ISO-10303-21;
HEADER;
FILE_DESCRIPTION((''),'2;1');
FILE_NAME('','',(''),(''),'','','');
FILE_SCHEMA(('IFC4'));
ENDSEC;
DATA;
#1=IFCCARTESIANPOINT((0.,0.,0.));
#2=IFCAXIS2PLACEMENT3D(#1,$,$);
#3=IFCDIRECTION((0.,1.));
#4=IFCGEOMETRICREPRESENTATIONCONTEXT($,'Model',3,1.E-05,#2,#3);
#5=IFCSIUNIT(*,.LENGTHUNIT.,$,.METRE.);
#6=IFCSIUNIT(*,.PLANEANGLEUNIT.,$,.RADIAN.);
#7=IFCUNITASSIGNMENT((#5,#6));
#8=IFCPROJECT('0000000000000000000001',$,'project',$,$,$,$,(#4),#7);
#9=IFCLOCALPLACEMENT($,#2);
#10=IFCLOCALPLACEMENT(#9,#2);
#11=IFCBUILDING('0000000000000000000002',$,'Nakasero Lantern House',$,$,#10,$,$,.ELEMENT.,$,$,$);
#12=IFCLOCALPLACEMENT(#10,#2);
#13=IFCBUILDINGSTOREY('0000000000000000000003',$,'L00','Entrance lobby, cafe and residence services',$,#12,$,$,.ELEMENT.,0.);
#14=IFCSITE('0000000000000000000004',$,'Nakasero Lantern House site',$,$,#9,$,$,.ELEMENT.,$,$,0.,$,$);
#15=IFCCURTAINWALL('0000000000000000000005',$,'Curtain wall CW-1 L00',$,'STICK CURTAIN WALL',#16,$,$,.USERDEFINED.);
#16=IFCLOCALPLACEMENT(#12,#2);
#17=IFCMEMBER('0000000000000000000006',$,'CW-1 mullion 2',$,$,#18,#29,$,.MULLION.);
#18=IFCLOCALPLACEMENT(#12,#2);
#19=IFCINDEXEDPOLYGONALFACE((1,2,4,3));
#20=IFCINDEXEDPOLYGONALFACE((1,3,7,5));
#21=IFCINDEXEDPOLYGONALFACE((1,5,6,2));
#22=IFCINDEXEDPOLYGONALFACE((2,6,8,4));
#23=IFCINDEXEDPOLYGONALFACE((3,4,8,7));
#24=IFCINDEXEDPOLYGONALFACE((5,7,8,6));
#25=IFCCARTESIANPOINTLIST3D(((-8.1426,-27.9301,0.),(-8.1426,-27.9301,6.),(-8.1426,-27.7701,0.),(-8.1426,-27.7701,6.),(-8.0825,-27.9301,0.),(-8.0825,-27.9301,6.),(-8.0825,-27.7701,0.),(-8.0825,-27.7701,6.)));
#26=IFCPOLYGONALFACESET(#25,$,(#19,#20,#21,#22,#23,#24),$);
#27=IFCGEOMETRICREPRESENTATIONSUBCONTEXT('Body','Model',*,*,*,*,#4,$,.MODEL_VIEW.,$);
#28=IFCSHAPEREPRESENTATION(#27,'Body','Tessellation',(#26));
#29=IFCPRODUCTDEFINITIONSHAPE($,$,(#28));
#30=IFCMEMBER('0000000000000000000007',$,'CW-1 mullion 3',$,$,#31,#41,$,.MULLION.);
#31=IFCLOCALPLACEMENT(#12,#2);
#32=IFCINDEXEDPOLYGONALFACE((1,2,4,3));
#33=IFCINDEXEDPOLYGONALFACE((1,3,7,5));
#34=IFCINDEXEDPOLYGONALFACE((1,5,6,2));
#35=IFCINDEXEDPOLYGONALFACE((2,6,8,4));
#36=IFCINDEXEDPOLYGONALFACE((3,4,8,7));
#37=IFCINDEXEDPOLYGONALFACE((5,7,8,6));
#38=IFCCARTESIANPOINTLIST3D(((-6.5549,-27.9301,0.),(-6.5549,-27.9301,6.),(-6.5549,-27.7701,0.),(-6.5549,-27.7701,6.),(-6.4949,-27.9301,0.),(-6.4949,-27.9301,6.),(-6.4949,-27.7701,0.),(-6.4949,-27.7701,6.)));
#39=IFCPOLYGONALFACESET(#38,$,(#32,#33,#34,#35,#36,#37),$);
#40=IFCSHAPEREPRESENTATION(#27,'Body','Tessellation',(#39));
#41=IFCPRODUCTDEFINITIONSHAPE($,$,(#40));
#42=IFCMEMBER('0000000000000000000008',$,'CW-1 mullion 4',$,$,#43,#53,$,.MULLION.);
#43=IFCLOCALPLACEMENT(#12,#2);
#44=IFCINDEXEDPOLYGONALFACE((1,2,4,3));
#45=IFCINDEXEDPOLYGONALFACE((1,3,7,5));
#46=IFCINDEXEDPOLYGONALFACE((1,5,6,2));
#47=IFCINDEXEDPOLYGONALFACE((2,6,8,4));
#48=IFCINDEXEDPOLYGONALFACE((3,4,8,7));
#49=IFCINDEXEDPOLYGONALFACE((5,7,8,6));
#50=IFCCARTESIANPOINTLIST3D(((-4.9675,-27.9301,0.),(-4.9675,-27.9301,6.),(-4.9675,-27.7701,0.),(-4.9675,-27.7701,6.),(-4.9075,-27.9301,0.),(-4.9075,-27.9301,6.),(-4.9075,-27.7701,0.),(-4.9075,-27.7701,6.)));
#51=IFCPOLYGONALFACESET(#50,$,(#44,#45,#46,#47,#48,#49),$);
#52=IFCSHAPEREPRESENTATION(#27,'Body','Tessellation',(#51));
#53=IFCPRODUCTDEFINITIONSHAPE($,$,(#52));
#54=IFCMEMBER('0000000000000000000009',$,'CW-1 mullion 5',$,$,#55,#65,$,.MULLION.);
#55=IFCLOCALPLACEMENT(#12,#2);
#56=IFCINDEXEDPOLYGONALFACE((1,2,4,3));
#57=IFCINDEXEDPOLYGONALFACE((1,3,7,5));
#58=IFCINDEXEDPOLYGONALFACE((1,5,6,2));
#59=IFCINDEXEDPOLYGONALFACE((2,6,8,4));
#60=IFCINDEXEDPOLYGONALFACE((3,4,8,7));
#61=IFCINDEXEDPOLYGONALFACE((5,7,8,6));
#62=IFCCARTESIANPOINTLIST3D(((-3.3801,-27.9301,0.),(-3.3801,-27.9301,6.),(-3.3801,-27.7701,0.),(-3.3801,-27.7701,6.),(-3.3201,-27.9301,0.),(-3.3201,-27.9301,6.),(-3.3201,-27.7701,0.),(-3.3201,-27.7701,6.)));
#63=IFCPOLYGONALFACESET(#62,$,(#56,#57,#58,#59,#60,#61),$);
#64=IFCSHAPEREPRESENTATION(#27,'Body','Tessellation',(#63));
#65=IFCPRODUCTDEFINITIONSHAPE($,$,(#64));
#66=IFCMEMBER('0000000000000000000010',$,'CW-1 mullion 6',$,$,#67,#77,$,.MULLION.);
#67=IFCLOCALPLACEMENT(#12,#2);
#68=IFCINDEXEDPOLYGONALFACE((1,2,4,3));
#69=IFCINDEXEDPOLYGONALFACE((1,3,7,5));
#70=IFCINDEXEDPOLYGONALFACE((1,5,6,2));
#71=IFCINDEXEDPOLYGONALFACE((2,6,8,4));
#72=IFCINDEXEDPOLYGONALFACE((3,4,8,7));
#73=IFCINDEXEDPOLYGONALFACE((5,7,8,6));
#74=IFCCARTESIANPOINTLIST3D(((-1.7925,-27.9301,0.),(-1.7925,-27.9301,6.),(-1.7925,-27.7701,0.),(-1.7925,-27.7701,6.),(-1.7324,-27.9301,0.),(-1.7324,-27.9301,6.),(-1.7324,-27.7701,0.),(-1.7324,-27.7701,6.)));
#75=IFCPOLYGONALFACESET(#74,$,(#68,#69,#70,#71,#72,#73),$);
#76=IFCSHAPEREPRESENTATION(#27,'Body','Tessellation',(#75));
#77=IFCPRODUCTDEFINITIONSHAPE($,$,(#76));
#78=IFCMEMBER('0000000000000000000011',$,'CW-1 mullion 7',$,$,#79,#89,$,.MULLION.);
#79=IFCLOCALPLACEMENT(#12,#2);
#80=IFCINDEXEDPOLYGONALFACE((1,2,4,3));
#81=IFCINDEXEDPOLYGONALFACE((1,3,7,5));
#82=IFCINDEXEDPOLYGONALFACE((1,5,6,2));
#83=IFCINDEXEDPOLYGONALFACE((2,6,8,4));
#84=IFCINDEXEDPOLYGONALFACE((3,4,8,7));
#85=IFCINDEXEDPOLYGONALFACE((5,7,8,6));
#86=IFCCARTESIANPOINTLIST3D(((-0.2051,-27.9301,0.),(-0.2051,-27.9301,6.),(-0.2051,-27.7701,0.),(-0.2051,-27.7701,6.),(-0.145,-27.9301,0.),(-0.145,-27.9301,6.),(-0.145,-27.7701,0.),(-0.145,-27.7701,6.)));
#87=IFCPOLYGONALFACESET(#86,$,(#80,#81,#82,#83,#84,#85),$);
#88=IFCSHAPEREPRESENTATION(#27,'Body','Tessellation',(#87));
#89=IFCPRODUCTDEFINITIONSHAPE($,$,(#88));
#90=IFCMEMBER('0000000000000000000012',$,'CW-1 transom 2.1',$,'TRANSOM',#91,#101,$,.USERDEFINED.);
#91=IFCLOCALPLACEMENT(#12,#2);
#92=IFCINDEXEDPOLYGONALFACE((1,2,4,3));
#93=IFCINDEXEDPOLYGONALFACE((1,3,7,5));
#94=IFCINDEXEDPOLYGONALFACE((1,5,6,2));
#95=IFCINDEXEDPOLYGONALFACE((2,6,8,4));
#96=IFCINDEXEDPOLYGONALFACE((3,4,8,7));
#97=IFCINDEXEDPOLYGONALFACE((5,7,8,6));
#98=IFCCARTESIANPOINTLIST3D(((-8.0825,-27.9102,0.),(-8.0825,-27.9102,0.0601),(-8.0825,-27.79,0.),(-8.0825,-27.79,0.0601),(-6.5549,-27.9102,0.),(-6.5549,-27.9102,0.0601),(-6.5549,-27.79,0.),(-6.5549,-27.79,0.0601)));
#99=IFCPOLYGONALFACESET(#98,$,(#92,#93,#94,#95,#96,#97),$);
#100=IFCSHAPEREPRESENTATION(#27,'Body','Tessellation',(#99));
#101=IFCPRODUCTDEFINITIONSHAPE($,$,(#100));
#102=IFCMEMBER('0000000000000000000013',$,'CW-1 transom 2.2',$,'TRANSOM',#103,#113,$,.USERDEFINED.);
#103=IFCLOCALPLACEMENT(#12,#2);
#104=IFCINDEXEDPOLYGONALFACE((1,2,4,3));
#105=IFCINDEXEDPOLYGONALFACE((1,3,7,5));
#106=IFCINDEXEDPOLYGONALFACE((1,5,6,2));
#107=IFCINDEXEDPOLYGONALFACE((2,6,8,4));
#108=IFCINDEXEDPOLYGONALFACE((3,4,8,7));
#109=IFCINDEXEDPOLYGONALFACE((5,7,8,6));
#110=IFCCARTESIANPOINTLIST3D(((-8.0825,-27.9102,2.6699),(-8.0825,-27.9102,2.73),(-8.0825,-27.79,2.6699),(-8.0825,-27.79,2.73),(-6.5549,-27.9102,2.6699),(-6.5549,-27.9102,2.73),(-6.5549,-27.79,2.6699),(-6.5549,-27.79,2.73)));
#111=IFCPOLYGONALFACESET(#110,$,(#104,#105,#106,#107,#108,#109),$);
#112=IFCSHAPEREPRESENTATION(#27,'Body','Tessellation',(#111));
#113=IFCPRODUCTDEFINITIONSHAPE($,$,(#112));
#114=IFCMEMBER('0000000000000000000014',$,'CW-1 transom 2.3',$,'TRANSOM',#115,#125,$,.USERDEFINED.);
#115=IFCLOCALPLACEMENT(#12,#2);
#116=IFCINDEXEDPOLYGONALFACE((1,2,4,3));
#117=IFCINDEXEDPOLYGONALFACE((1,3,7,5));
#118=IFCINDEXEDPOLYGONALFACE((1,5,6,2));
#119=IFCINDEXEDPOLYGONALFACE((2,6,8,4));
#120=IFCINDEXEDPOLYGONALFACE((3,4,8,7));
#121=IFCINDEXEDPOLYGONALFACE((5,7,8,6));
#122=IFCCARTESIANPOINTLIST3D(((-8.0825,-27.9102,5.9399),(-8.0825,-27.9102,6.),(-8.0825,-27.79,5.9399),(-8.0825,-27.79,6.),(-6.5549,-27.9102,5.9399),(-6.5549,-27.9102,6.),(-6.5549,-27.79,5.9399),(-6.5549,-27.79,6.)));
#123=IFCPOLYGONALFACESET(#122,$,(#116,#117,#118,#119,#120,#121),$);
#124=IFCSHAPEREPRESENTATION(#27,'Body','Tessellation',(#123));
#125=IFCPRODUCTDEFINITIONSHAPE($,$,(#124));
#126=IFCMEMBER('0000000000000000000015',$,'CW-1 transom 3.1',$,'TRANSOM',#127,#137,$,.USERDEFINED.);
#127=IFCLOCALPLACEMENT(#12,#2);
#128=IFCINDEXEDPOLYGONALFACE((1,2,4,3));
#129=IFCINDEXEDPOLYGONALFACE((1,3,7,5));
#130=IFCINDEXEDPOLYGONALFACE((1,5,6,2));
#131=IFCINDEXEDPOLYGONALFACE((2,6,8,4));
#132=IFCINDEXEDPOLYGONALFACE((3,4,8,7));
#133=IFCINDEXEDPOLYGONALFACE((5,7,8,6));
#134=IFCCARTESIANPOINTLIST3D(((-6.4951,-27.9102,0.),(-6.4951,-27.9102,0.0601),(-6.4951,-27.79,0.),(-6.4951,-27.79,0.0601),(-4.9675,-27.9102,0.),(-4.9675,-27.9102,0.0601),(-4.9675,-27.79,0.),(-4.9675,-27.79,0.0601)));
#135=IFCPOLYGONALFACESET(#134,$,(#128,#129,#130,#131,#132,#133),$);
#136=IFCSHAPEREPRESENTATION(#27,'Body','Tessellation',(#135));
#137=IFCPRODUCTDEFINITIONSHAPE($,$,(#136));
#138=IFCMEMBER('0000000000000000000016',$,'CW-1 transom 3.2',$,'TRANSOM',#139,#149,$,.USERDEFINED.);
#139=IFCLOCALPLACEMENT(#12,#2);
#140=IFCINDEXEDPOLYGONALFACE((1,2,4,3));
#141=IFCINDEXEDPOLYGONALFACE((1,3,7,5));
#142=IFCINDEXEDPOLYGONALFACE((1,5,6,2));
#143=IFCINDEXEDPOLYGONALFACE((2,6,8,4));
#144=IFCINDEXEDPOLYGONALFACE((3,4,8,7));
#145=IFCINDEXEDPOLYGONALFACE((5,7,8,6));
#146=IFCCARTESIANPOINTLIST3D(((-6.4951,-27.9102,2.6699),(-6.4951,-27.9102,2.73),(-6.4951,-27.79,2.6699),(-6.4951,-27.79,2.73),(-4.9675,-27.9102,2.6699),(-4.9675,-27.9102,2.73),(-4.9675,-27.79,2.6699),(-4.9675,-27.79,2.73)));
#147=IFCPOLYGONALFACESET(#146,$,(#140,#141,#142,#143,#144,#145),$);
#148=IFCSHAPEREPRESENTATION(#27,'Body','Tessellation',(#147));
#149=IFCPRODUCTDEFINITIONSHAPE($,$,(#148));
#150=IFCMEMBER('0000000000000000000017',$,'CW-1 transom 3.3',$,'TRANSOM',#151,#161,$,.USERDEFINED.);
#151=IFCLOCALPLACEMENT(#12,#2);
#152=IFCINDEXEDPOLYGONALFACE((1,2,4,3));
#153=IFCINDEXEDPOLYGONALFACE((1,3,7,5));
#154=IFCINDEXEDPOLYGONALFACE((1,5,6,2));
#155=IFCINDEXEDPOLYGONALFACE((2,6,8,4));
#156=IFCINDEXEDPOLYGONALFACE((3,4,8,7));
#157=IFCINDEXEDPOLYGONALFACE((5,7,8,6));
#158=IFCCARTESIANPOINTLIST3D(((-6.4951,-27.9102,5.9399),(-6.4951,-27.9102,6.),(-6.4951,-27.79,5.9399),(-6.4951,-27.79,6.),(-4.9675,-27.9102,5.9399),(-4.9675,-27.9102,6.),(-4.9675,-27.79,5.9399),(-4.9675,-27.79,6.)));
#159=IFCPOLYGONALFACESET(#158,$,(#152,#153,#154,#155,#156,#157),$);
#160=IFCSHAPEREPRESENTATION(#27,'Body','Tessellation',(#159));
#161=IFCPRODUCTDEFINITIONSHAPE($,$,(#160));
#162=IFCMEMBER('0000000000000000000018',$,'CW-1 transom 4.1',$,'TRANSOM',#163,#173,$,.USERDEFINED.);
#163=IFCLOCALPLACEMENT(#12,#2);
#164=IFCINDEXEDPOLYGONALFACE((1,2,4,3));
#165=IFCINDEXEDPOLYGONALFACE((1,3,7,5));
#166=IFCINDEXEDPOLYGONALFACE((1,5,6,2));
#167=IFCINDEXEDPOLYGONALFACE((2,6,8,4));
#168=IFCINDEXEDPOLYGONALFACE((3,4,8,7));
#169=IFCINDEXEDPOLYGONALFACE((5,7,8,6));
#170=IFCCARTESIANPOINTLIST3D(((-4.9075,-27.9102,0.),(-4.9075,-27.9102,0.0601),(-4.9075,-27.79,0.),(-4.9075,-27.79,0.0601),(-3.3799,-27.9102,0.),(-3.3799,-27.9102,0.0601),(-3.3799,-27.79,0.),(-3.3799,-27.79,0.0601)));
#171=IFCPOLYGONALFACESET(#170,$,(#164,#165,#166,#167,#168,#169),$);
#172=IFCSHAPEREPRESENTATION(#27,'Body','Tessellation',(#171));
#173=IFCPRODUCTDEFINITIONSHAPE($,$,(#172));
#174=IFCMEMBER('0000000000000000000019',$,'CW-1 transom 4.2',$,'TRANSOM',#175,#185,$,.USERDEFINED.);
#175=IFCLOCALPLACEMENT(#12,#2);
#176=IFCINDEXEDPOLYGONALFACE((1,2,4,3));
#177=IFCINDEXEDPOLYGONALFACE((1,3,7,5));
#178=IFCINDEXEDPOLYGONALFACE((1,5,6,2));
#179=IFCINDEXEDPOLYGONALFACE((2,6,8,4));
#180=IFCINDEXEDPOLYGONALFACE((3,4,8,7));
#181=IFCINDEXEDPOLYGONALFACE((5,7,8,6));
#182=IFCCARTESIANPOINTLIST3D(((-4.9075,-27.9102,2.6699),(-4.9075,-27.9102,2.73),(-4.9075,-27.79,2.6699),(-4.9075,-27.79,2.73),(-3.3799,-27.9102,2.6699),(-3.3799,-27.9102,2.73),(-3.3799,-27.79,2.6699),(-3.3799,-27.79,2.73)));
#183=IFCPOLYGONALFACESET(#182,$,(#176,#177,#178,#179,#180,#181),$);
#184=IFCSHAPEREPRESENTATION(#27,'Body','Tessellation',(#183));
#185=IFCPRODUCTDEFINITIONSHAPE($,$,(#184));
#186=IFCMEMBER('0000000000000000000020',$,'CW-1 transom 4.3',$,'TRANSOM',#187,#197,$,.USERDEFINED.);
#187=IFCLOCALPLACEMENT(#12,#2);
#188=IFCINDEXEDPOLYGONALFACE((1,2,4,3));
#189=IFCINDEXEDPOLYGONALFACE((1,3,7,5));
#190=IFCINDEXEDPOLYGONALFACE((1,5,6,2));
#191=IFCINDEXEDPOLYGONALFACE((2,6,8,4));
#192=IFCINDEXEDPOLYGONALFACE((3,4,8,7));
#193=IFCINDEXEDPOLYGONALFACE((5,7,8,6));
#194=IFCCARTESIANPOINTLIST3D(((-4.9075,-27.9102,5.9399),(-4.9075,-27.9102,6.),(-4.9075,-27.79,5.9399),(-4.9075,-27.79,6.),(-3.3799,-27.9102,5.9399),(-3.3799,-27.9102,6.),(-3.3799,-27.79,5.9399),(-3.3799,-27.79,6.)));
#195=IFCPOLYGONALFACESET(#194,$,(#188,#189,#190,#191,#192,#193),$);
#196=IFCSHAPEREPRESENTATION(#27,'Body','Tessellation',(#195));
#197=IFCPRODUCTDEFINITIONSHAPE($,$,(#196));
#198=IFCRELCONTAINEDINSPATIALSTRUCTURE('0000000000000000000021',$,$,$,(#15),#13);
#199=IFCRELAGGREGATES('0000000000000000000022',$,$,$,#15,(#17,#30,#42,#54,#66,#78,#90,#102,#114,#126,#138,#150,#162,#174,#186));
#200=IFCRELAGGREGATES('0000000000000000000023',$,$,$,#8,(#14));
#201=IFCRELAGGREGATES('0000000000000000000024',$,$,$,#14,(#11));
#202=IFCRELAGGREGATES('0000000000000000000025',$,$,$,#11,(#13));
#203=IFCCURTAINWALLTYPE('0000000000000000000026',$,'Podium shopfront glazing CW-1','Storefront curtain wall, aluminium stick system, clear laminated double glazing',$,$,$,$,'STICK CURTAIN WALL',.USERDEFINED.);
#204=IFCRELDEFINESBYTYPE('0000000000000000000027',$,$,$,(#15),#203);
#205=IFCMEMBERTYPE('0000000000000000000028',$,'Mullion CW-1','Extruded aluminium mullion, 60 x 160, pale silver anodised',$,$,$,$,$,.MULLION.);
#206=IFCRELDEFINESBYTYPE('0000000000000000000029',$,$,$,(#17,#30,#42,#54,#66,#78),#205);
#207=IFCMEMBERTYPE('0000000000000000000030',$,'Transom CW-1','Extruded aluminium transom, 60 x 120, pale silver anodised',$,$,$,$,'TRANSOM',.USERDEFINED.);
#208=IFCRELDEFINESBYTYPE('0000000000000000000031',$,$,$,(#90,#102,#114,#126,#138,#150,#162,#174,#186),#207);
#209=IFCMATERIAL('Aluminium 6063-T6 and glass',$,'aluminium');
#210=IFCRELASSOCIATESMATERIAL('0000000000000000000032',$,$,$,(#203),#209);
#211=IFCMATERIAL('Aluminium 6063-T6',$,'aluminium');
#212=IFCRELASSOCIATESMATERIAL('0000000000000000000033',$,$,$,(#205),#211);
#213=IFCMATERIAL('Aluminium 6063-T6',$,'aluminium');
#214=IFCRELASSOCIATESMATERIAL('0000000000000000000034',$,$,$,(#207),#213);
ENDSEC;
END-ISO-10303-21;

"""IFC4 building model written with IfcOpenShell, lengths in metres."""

from ifc_helpers import new_model, si_unit, direction, frame, origin, origin_2d, place, context, subcontext, project, spatial, rectangle, extrude, material, material_profile, profile_set, type_object, element, aggregate, save


model = new_model("IFC4")

# Units and contexts
model_context = context("Model", 3, precision=1e-05, world=origin(), true_north=direction((0.0, 1.0)))
body_context = subcontext(model_context, "Body", "Model", "MODEL_VIEW")
ifc_project = project(units=[si_unit("LENGTHUNIT", "METRE"), si_unit("PLANEANGLEUNIT", "RADIAN")], contexts=[model_context])

# Site, building, storey
site_placement = place(None, origin())
site = spatial("IfcSite", under=ifc_project, at=site_placement, Name="Nakasero Lantern House site", CompositionType="ELEMENT", RefElevation=0.0)
building_placement = place(site_placement, origin())
building = spatial("IfcBuilding", under=site, at=building_placement, Name="Nakasero Lantern House", CompositionType="ELEMENT")
storey_placement = place(building_placement, origin())
storey = spatial("IfcBuildingStorey", under=building, at=storey_placement, Name="L00", Description="Entrance lobby, cafe and residence services", CompositionType="ELEMENT", Elevation=0.0)

# Curtain wall, members
ifc_material_1 = material(Name="Aluminium 6063-T6 and glass", Category="aluminium")
curtain_wall_type = type_object("IfcCurtainWallType", Name="Podium shopfront glazing CW-1", Description="Storefront curtain wall, aluminium stick system, clear laminated double glazing", ElementType="STICK CURTAIN WALL", PredefinedType="USERDEFINED", material=ifc_material_1)
curtain_wall_placement = place(storey_placement, origin())
curtain_wall = element("IfcCurtainWall", 1, at=curtain_wall_placement, inside=storey, type_object=curtain_wall_type, Name="Curtain wall CW-1 L00", ObjectType="STICK CURTAIN WALL", PredefinedType="USERDEFINED")
ifc_material_2 = material(Name="Aluminium 6063-T6", Category="aluminium")
ifc_material_profile_1 = material_profile(ifc_material_2, rectangle(XDim=0.0601, YDim=0.1599, at=origin_2d()), Name="CW-1 mullion 60x160")
ifc_profile_set_1 = profile_set([ifc_material_profile_1], Name="Aluminium 6063-T6")
member_type_1 = type_object("IfcMemberType", Name="Mullion CW-1", Description="Extruded aluminium mullion, 60 x 160, pale silver anodised", PredefinedType="MULLION", material=ifc_profile_set_1)
member_1_placement = place(storey_placement, frame((-8.1125, -27.8501, 0.0), z_axis=(0.0, 0.0, 1.0), x_axis=(1.0, 0.0, 0.0)))
member_1 = element("IfcMember", 2, at=member_1_placement, type_object=member_type_1, Name="CW-1 mullion 2", PredefinedType="MULLION", context=body_context, shape_type="SweptSolid", body=[
    extrude(rectangle(XDim=0.0601, YDim=0.1599, at=origin_2d()), origin(), (0.0, 0.0, 1.0), 6.0),
])
member_2_placement = place(storey_placement, frame((-6.5249, -27.8501, 0.0), z_axis=(0.0, 0.0, 1.0), x_axis=(1.0, 0.0, 0.0)))
member_2 = element("IfcMember", 3, at=member_2_placement, type_object=member_type_1, Name="CW-1 mullion 3", PredefinedType="MULLION", context=body_context, shape_type="SweptSolid", body=[
    extrude(rectangle(XDim=0.0601, YDim=0.1599, at=origin_2d()), origin(), (0.0, 0.0, 1.0), 6.0),
])
member_3_placement = place(storey_placement, frame((-4.9375, -27.8501, 0.0), z_axis=(0.0, 0.0, 1.0), x_axis=(1.0, 0.0, 0.0)))
member_3 = element("IfcMember", 4, at=member_3_placement, type_object=member_type_1, Name="CW-1 mullion 4", PredefinedType="MULLION", context=body_context, shape_type="SweptSolid", body=[
    extrude(rectangle(XDim=0.0601, YDim=0.1599, at=origin_2d()), origin(), (0.0, 0.0, 1.0), 6.0),
])
member_4_placement = place(storey_placement, frame((-3.3501, -27.8501, 0.0), z_axis=(0.0, 0.0, 1.0), x_axis=(1.0, 0.0, 0.0)))
member_4 = element("IfcMember", 5, at=member_4_placement, type_object=member_type_1, Name="CW-1 mullion 5", PredefinedType="MULLION", context=body_context, shape_type="SweptSolid", body=[
    extrude(rectangle(XDim=0.0601, YDim=0.1599, at=origin_2d()), origin(), (0.0, 0.0, 1.0), 6.0),
])
member_5_placement = place(storey_placement, frame((-1.7625, -27.8501, 0.0), z_axis=(0.0, 0.0, 1.0), x_axis=(1.0, 0.0, 0.0)))
member_5 = element("IfcMember", 6, at=member_5_placement, type_object=member_type_1, Name="CW-1 mullion 6", PredefinedType="MULLION", context=body_context, shape_type="SweptSolid", body=[
    extrude(rectangle(XDim=0.0601, YDim=0.1599, at=origin_2d()), origin(), (0.0, 0.0, 1.0), 6.0),
])
member_6_placement = place(storey_placement, frame((-0.175, -27.8501, 0.0), z_axis=(0.0, 0.0, 1.0), x_axis=(1.0, 0.0, 0.0)))
member_6 = element("IfcMember", 7, at=member_6_placement, type_object=member_type_1, Name="CW-1 mullion 7", PredefinedType="MULLION", context=body_context, shape_type="SweptSolid", body=[
    extrude(rectangle(XDim=0.0601, YDim=0.1599, at=origin_2d()), origin(), (0.0, 0.0, 1.0), 6.0),
])
ifc_material_3 = material(Name="Aluminium 6063-T6", Category="aluminium")
ifc_material_profile_2 = material_profile(ifc_material_3, rectangle(XDim=0.0601, YDim=0.1201, at=origin_2d()), Name="CW-1 transom 60x120")
ifc_profile_set_2 = profile_set([ifc_material_profile_2], Name="Aluminium 6063-T6")
member_type_2 = type_object("IfcMemberType", Name="Transom CW-1", Description="Extruded aluminium transom, 60 x 120, pale silver anodised", ElementType="TRANSOM", PredefinedType="USERDEFINED", material=ifc_profile_set_2)
member_7_placement = place(storey_placement, frame((-8.0825, -27.8501, 0.03), z_axis=(1.0, 0.0, 0.0), x_axis=(0.0, 0.0, 1.0)))
member_7 = element("IfcMember", 8, at=member_7_placement, type_object=member_type_2, Name="CW-1 transom 2.1", ObjectType="TRANSOM", PredefinedType="USERDEFINED", context=body_context, shape_type="SweptSolid", body=[
    extrude(rectangle(XDim=0.0601, YDim=0.1201, at=origin_2d()), origin(), (0.0, 0.0, 1.0), 1.5276),
])
member_8_placement = place(storey_placement, frame((-8.0825, -27.8501, 2.7), z_axis=(1.0, 0.0, 0.0), x_axis=(0.0, 0.0, 1.0)))
member_8 = element("IfcMember", 9, at=member_8_placement, type_object=member_type_2, Name="CW-1 transom 2.2", ObjectType="TRANSOM", PredefinedType="USERDEFINED", context=body_context, shape_type="SweptSolid", body=[
    extrude(rectangle(XDim=0.0601, YDim=0.1201, at=origin_2d()), origin(), (0.0, 0.0, 1.0), 1.5276),
])
member_9_placement = place(storey_placement, frame((-8.0825, -27.8501, 5.97), z_axis=(1.0, 0.0, 0.0), x_axis=(0.0, 0.0, 1.0)))
member_9 = element("IfcMember", 10, at=member_9_placement, type_object=member_type_2, Name="CW-1 transom 2.3", ObjectType="TRANSOM", PredefinedType="USERDEFINED", context=body_context, shape_type="SweptSolid", body=[
    extrude(rectangle(XDim=0.0601, YDim=0.1201, at=origin_2d()), origin(), (0.0, 0.0, 1.0), 1.5276),
])
member_10_placement = place(storey_placement, frame((-6.4951, -27.8501, 0.03), z_axis=(1.0, 0.0, 0.0), x_axis=(0.0, 0.0, 1.0)))
member_10 = element("IfcMember", 11, at=member_10_placement, type_object=member_type_2, Name="CW-1 transom 3.1", ObjectType="TRANSOM", PredefinedType="USERDEFINED", context=body_context, shape_type="SweptSolid", body=[
    extrude(rectangle(XDim=0.0601, YDim=0.1201, at=origin_2d()), origin(), (0.0, 0.0, 1.0), 1.5276),
])
member_11_placement = place(storey_placement, frame((-6.4951, -27.8501, 2.7), z_axis=(1.0, 0.0, 0.0), x_axis=(0.0, 0.0, 1.0)))
member_11 = element("IfcMember", 12, at=member_11_placement, type_object=member_type_2, Name="CW-1 transom 3.2", ObjectType="TRANSOM", PredefinedType="USERDEFINED", context=body_context, shape_type="SweptSolid", body=[
    extrude(rectangle(XDim=0.0601, YDim=0.1201, at=origin_2d()), origin(), (0.0, 0.0, 1.0), 1.5276),
])
member_12_placement = place(storey_placement, frame((-6.4951, -27.8501, 5.97), z_axis=(1.0, 0.0, 0.0), x_axis=(0.0, 0.0, 1.0)))
member_12 = element("IfcMember", 13, at=member_12_placement, type_object=member_type_2, Name="CW-1 transom 3.3", ObjectType="TRANSOM", PredefinedType="USERDEFINED", context=body_context, shape_type="SweptSolid", body=[
    extrude(rectangle(XDim=0.0601, YDim=0.1201, at=origin_2d()), origin(), (0.0, 0.0, 1.0), 1.5276),
])
member_13_placement = place(storey_placement, frame((-4.9075, -27.8501, 0.03), z_axis=(1.0, 0.0, 0.0), x_axis=(0.0, 0.0, 1.0)))
member_13 = element("IfcMember", 14, at=member_13_placement, type_object=member_type_2, Name="CW-1 transom 4.1", ObjectType="TRANSOM", PredefinedType="USERDEFINED", context=body_context, shape_type="SweptSolid", body=[
    extrude(rectangle(XDim=0.0601, YDim=0.1201, at=origin_2d()), origin(), (0.0, 0.0, 1.0), 1.5276),
])
member_14_placement = place(storey_placement, frame((-4.9075, -27.8501, 2.7), z_axis=(1.0, 0.0, 0.0), x_axis=(0.0, 0.0, 1.0)))
member_14 = element("IfcMember", 15, at=member_14_placement, type_object=member_type_2, Name="CW-1 transom 4.2", ObjectType="TRANSOM", PredefinedType="USERDEFINED", context=body_context, shape_type="SweptSolid", body=[
    extrude(rectangle(XDim=0.0601, YDim=0.1201, at=origin_2d()), origin(), (0.0, 0.0, 1.0), 1.5276),
])
member_15_placement = place(storey_placement, frame((-4.9075, -27.8501, 5.97), z_axis=(1.0, 0.0, 0.0), x_axis=(0.0, 0.0, 1.0)))
member_15 = element("IfcMember", 16, at=member_15_placement, type_object=member_type_2, Name="CW-1 transom 4.3", ObjectType="TRANSOM", PredefinedType="USERDEFINED", context=body_context, shape_type="SweptSolid", body=[
    extrude(rectangle(XDim=0.0601, YDim=0.1201, at=origin_2d()), origin(), (0.0, 0.0, 1.0), 1.5276),
])
aggregate(curtain_wall, [member_1, member_2, member_3, member_4, member_5, member_6, member_7, member_8, member_9, member_10, member_11, member_12, member_13, member_14, member_15])

save(model, "model.ifc")
